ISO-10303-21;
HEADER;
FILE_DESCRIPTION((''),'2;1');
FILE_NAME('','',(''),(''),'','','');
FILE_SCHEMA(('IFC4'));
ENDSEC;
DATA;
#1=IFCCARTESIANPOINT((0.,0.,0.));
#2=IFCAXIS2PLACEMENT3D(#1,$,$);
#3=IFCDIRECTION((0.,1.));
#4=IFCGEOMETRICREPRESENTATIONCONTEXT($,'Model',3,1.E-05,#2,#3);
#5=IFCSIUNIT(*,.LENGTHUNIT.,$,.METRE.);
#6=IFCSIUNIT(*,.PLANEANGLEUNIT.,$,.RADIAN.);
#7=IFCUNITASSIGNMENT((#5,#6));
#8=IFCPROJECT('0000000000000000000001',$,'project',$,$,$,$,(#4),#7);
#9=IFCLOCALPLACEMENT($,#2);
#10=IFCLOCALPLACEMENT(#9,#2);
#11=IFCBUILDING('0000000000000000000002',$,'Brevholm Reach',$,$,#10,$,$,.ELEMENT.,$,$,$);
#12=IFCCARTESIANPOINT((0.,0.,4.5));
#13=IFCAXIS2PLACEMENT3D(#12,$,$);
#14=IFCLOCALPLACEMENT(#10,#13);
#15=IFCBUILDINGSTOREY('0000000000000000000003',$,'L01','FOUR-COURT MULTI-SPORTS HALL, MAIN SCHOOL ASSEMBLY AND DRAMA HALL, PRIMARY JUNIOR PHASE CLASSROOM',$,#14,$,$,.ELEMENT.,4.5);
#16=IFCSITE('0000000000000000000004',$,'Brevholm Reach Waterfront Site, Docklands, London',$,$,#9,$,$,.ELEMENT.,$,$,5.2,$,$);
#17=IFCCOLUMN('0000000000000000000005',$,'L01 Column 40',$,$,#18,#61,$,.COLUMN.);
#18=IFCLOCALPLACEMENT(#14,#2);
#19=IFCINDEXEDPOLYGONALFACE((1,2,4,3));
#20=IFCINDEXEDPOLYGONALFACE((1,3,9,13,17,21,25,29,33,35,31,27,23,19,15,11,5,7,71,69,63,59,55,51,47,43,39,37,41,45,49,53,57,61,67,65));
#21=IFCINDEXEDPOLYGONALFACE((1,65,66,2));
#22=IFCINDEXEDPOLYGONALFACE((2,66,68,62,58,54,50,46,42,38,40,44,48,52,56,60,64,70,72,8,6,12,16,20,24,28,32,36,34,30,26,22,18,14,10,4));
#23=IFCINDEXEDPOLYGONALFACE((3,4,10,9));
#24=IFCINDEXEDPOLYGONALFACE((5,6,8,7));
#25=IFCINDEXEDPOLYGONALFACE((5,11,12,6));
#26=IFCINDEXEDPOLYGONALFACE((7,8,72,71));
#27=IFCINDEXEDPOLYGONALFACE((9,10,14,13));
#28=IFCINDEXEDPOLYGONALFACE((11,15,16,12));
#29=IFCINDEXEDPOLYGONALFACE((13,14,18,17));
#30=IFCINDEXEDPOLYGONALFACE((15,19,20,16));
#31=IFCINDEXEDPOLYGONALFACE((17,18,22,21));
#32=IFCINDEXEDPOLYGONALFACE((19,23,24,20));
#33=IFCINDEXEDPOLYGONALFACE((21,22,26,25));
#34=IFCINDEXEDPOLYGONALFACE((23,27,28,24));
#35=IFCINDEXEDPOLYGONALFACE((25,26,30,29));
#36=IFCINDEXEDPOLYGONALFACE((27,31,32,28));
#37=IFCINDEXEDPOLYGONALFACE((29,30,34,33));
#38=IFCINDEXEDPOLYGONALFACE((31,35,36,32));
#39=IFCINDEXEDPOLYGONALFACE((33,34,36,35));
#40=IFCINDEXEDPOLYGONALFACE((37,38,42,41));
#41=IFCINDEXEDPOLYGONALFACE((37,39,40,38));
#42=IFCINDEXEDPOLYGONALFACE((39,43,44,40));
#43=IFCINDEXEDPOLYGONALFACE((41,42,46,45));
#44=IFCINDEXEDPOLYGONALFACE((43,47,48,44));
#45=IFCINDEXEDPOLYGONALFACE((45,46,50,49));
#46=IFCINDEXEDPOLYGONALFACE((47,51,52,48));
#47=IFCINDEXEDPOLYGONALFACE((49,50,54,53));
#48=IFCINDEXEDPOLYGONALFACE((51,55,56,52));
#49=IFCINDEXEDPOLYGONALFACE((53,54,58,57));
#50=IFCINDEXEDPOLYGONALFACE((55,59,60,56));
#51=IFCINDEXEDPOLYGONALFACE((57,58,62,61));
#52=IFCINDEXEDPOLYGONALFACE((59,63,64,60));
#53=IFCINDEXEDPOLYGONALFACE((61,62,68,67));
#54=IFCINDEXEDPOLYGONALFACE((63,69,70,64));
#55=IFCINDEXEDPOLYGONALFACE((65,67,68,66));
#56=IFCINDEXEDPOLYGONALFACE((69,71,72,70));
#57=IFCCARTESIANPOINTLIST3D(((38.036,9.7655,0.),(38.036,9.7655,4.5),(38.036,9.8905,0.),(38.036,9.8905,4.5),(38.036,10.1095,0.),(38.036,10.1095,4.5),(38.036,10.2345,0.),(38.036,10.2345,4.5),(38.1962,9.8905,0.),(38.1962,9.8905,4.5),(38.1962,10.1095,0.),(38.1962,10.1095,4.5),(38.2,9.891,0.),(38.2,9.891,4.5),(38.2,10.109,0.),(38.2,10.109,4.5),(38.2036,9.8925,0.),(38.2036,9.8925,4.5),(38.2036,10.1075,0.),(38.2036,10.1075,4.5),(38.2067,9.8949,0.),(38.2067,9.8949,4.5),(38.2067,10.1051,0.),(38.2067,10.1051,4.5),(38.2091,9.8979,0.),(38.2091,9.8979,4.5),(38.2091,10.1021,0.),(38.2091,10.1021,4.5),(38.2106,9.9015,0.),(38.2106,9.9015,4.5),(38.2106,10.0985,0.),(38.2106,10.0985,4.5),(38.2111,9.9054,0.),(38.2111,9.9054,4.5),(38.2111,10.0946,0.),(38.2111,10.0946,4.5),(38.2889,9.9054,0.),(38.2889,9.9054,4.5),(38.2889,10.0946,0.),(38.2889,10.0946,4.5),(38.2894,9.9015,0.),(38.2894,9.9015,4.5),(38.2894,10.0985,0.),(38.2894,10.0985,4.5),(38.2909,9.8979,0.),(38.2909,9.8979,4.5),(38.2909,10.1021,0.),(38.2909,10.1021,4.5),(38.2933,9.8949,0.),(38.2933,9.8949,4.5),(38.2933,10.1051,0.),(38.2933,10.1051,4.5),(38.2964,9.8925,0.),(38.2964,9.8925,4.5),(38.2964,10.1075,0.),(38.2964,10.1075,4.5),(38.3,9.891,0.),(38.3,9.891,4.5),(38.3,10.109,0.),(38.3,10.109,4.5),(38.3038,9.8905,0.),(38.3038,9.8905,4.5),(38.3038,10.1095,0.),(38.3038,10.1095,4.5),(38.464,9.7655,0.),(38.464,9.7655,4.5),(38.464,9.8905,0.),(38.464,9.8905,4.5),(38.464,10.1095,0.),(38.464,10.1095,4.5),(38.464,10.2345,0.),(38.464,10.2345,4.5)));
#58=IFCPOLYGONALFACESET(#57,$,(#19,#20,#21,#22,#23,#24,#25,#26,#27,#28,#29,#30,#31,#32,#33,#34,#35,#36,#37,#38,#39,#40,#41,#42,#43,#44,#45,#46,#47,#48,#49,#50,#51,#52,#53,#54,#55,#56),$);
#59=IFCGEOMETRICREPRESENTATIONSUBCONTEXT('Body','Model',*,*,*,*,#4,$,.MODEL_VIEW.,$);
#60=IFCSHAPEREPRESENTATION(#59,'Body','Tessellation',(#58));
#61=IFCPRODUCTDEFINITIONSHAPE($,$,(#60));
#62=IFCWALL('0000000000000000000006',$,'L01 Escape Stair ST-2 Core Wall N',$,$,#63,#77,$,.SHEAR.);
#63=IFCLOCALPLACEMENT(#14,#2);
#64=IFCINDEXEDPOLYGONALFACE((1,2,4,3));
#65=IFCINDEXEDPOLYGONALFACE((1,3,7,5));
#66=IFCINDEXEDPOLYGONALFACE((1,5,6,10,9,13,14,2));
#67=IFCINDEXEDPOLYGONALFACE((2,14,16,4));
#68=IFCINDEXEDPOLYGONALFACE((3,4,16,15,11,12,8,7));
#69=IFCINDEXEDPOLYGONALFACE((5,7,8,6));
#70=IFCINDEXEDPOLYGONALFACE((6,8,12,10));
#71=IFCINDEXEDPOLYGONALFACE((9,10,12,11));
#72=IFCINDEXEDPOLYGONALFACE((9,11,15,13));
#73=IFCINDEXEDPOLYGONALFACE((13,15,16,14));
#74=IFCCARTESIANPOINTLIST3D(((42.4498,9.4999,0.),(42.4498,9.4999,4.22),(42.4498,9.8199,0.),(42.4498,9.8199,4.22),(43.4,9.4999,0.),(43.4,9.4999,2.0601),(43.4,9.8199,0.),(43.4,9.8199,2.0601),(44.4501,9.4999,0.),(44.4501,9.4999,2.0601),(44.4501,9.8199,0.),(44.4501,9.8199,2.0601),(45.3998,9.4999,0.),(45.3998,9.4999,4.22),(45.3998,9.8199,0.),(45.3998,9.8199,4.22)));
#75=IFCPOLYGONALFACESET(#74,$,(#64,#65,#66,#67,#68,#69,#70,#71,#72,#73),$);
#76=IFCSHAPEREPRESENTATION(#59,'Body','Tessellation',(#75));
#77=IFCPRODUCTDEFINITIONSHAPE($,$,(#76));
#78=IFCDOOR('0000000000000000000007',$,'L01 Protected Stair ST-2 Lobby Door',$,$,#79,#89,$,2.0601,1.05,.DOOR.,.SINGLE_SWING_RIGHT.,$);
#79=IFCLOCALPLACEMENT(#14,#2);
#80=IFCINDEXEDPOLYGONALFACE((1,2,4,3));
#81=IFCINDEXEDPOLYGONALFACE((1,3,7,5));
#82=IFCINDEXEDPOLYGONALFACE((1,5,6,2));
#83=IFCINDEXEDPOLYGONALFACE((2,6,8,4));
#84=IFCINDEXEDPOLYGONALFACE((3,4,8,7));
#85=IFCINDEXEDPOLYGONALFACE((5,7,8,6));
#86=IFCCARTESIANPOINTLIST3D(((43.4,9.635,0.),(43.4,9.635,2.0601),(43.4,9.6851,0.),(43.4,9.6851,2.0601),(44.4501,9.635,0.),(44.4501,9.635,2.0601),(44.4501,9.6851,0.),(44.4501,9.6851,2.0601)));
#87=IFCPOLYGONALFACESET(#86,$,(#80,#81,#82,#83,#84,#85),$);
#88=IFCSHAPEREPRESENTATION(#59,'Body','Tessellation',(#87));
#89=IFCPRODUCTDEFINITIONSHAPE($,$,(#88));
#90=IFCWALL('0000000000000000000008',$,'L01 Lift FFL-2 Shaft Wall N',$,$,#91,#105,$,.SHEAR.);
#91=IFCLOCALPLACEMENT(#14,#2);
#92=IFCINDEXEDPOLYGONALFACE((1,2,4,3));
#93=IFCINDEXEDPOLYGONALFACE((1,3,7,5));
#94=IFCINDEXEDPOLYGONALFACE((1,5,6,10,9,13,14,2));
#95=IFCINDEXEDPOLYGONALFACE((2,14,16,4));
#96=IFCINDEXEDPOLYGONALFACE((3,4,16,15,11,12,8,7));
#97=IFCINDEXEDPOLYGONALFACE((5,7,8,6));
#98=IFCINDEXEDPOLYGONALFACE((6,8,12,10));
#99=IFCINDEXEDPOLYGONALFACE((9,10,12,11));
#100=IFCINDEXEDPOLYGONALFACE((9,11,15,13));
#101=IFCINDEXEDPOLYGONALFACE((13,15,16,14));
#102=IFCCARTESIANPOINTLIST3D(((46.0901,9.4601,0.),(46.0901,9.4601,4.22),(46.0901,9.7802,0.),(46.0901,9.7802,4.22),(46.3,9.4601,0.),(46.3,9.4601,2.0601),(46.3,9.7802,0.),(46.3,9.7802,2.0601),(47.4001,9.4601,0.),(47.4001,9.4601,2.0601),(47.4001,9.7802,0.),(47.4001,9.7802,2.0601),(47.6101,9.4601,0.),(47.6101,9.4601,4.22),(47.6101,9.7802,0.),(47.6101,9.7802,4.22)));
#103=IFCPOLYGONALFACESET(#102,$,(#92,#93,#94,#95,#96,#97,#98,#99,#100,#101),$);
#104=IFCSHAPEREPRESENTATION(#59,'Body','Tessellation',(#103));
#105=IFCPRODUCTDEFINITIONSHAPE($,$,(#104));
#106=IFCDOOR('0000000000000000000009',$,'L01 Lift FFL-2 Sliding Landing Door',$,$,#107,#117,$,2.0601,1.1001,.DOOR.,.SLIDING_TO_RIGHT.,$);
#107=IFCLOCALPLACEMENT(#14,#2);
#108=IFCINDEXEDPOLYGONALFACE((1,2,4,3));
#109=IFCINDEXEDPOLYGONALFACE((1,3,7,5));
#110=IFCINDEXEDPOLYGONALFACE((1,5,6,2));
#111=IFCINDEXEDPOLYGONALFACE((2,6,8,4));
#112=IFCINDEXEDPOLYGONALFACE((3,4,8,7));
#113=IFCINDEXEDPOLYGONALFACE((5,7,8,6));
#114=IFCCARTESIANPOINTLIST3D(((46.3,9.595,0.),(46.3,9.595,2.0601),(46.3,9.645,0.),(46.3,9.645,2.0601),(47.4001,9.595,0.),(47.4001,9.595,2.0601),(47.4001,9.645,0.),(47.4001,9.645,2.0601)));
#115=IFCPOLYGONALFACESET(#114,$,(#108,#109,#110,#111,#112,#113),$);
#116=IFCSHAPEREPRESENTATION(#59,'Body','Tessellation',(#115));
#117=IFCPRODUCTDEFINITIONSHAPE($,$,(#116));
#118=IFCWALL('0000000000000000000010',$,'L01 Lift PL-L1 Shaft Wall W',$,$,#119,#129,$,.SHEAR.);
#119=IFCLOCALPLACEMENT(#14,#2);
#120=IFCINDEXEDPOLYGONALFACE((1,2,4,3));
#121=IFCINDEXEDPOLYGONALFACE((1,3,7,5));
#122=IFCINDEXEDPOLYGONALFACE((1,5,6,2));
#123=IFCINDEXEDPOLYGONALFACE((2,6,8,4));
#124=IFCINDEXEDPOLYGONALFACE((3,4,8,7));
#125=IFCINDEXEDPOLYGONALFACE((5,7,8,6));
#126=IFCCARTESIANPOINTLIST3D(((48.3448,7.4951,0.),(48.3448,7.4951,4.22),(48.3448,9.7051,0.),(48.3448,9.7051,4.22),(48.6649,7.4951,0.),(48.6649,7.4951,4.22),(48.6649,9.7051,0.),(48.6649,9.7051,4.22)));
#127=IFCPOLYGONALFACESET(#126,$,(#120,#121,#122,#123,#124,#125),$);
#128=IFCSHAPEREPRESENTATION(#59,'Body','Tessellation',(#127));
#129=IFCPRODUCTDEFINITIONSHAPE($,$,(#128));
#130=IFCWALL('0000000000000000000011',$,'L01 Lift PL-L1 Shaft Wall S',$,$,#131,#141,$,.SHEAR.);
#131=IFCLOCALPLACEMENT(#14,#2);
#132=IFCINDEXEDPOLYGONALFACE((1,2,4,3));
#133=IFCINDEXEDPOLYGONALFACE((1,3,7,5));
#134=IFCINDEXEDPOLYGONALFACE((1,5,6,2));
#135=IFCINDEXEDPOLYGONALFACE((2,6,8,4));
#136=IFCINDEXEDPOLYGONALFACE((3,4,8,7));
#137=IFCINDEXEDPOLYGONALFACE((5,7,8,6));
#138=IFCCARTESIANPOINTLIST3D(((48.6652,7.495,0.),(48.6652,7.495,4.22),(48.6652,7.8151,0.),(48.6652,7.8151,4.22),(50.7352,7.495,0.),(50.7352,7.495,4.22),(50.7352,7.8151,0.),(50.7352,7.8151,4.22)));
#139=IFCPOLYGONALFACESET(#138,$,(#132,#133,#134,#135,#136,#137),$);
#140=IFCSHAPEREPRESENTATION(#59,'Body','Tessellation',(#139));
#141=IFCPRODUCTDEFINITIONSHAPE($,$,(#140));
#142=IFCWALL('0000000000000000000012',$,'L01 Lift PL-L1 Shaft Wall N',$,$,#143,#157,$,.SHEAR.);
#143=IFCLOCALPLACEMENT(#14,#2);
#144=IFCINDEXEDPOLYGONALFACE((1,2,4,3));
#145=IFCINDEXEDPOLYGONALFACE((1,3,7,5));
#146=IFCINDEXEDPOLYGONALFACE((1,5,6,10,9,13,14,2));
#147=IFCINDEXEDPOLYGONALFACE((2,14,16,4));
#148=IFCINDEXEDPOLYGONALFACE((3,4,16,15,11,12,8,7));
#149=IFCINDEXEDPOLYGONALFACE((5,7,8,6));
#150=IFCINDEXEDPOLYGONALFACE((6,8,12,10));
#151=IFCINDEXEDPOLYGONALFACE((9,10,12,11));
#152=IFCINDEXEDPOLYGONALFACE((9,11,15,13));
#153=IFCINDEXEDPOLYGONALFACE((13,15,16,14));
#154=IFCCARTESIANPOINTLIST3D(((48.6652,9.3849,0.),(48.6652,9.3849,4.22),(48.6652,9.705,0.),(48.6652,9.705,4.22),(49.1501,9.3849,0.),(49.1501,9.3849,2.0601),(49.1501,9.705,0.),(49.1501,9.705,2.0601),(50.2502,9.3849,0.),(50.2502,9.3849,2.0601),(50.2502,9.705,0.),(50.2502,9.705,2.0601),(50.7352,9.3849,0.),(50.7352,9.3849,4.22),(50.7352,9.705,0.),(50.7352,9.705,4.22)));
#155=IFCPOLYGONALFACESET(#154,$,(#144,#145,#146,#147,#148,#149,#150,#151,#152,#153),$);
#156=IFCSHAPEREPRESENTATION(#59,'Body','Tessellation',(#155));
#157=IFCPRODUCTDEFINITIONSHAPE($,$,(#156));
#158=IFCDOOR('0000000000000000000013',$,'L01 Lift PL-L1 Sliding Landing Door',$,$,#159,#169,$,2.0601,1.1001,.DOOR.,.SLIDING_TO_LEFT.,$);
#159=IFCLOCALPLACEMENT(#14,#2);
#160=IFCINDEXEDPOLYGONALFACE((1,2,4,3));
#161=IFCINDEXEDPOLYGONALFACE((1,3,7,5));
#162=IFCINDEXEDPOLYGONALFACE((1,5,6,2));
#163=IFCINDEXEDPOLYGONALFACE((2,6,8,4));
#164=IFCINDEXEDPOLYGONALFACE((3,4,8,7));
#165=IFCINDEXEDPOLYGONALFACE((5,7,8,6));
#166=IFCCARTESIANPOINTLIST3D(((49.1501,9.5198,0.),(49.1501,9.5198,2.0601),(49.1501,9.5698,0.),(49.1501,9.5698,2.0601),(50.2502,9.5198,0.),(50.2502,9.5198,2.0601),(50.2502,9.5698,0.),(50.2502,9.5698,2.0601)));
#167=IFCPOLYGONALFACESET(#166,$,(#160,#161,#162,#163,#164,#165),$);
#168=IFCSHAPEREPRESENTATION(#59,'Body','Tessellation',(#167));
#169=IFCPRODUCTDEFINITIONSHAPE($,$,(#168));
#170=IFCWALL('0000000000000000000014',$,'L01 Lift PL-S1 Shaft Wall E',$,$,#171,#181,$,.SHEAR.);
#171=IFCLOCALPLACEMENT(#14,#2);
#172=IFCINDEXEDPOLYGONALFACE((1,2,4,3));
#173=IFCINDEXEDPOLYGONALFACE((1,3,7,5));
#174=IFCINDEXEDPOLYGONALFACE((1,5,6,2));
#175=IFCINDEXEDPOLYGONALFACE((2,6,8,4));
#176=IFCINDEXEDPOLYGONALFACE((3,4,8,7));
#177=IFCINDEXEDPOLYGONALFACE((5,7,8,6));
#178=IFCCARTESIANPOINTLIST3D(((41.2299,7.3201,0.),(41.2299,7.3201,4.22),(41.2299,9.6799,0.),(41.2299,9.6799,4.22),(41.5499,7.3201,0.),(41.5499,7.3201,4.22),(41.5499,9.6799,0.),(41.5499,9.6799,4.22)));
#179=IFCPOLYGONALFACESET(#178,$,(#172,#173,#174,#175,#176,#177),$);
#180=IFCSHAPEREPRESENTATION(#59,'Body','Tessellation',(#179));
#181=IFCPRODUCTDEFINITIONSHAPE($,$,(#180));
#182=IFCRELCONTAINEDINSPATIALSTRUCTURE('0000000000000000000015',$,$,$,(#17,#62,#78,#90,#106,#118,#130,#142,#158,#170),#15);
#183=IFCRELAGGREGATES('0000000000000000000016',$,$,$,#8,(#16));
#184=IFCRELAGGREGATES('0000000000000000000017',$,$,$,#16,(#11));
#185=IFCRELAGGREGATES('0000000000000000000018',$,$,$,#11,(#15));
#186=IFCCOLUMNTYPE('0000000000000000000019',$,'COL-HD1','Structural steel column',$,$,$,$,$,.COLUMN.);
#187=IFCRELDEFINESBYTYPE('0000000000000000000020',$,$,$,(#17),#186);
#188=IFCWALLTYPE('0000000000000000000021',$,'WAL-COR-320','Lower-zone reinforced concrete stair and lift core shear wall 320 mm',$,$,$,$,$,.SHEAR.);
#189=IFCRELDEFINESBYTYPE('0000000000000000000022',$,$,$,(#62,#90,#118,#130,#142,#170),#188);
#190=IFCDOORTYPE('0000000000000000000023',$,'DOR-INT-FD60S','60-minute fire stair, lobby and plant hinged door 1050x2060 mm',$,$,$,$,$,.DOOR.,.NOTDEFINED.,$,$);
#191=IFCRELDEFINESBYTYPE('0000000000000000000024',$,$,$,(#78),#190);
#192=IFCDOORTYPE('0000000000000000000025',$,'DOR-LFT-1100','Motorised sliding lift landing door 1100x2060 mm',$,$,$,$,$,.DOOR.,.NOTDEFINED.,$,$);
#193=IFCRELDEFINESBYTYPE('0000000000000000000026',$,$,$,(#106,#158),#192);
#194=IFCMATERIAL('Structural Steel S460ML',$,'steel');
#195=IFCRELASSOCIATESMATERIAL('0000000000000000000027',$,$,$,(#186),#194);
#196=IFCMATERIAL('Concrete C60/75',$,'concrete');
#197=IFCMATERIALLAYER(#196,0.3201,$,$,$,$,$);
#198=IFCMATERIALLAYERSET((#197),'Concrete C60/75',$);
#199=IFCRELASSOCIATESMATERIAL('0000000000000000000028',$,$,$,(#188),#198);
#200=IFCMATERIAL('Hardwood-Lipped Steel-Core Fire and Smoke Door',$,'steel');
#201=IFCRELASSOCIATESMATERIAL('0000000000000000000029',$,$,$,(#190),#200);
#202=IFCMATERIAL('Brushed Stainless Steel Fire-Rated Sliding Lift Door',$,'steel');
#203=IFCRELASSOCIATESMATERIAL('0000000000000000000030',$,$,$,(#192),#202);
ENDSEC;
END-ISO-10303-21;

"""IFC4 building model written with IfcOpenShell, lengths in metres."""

from ifc_helpers import new_model, si_unit, direction, frame, frame_2d, origin, origin_2d, place, context, subcontext, project, spatial, rectangle, i_section, extrude, material, layer, layer_set, material_profile, profile_set, type_object, element, fill, save


model = new_model("IFC4")

# Units and contexts
model_context = context("Model", 3, precision=1e-05, world=origin(), true_north=direction((0.0, 1.0)))
body_context = subcontext(model_context, "Body", "Model", "MODEL_VIEW")
ifc_project = project(units=[si_unit("LENGTHUNIT", "METRE"), si_unit("PLANEANGLEUNIT", "RADIAN")], contexts=[model_context])

# Site, building, storey
site_placement = place(None, origin())
site = spatial("IfcSite", under=ifc_project, at=site_placement, Name="Brevholm Reach Waterfront Site, Docklands, London", CompositionType="ELEMENT", RefElevation=5.2)
building_placement = place(site_placement, origin())
building = spatial("IfcBuilding", under=site, at=building_placement, Name="Brevholm Reach", CompositionType="ELEMENT")
storey_placement = place(building_placement, frame((0.0, 0.0, 4.5)))
storey = spatial("IfcBuildingStorey", under=building, at=storey_placement, Name="L01", Description="FOUR-COURT MULTI-SPORTS HALL, MAIN SCHOOL ASSEMBLY AND DRAMA HALL, PRIMARY JUNIOR PHASE CLASSROOM", CompositionType="ELEMENT", Elevation=4.5)

# Column
ifc_material_1 = material(Name="Structural Steel S460ML", Category="steel")
ifc_material_profile = material_profile(ifc_material_1, i_section(OverallWidth=0.428, OverallDepth=0.469, WebThickness=0.0779, FlangeThickness=0.125, FilletRadius=0.0149, at=origin_2d()), Name="HD 400x1086")
ifc_profile_set = profile_set([ifc_material_profile], Name="Structural Steel S460ML")
column_type = type_object("IfcColumnType", Name="COL-HD1", Description="Structural steel column", PredefinedType="COLUMN", material=ifc_profile_set)
column_placement = place(storey_placement, frame((38.25, 10.0, 0.0), z_axis=(0.0, 0.0, 1.0), x_axis=(1.0, 0.0, 0.0)))
element("IfcColumn", 1, at=column_placement, inside=storey, type_object=column_type, Name="L01 Column 40", PredefinedType="COLUMN", context=body_context, shape_type="SweptSolid", body=[
    extrude(i_section(OverallWidth=0.428, OverallDepth=0.469, WebThickness=0.0779, FlangeThickness=0.125, FilletRadius=0.0149, at=origin_2d()), origin(), (0.0, 0.0, 1.0), 4.5),
])

# Walls, openings, doors
ifc_material_2 = material(Name="Concrete C60/75", Category="concrete")
ifc_layer_1 = layer(ifc_material_2, 0.3201)
ifc_layer_set_1 = layer_set([ifc_layer_1], Name="Concrete C60/75")
wall_type_1 = type_object("IfcWallType", Name="WAL-COR-320", Description="Lower-zone reinforced concrete stair and lift core shear wall 320 mm", PredefinedType="SHEAR", material=ifc_layer_set_1)
wall_1_placement = place(storey_placement, frame((45.3999, 9.6599, 0.0), z_axis=(0.0, 0.0, 1.0), x_axis=(-1.0, 0.0, 0.0)))
wall_1 = element("IfcWall", 2, at=wall_1_placement, inside=storey, type_object=wall_type_1, Name="L01 Escape Stair ST-2 Core Wall N", PredefinedType="SHEAR", context=body_context, shape_type="SweptSolid", body=[
    extrude(rectangle(XDim=2.95, YDim=0.3201, at=frame_2d((1.4751, 0.0))), origin(), (0.0, 0.0, 1.0), 4.22),
])
opening_1_placement = place(wall_1_placement, frame((0.95, 0.0, 0.0)))
opening_1 = element("IfcOpeningElement", 3, at=opening_1_placement, cuts=wall_1, PredefinedType="OPENING", context=body_context, shape_type="SweptSolid", body=[
    extrude(rectangle(XDim=1.05, YDim=2.0601, at=frame_2d((0.5249, 1.03))), frame((0.0, 0.1699, 0.0), z_axis=(0.0, -1.0, 0.0), x_axis=(1.0, 0.0, 0.0)), (0.0, 0.0, 1.0), 0.3401),
])
ifc_material_3 = material(Name="Hardwood-Lipped Steel-Core Fire and Smoke Door", Category="steel")
door_type_1 = type_object("IfcDoorType", Name="DOR-INT-FD60S", Description="60-minute fire stair, lobby and plant hinged door 1050x2060 mm", OperationType="NOTDEFINED", PredefinedType="DOOR", material=ifc_material_3)
door_1_placement = place(opening_1_placement, origin())
door_1 = element("IfcDoor", 4, at=door_1_placement, inside=storey, type_object=door_type_1, Name="L01 Protected Stair ST-2 Lobby Door", OperationType="SINGLE_SWING_RIGHT", OverallHeight=2.0601, OverallWidth=1.05, PredefinedType="DOOR", context=body_context, shape_type="SweptSolid", body=[
    extrude(rectangle(XDim=1.05, YDim=2.0601, at=frame_2d((0.5249, 1.03))), frame((0.0, 0.0249, 0.0), z_axis=(0.0, -1.0, 0.0), x_axis=(1.0, 0.0, 0.0)), (0.0, 0.0, 1.0), 0.05),
])
fill(opening_1, door_1)
wall_2_placement = place(storey_placement, frame((46.0901, 9.6201, 0.0), z_axis=(0.0, 0.0, 1.0), x_axis=(1.0, 0.0, 0.0)))
wall_2 = element("IfcWall", 5, at=wall_2_placement, inside=storey, type_object=wall_type_1, Name="L01 Lift FFL-2 Shaft Wall N", PredefinedType="SHEAR", context=body_context, shape_type="SweptSolid", body=[
    extrude(rectangle(XDim=1.52, YDim=0.3201, at=frame_2d((0.76, 0.0))), origin(), (0.0, 0.0, 1.0), 4.22),
])
opening_2_placement = place(wall_2_placement, frame((0.21, 0.0, 0.0)))
opening_2 = element("IfcOpeningElement", 6, at=opening_2_placement, cuts=wall_2, PredefinedType="OPENING", context=body_context, shape_type="SweptSolid", body=[
    extrude(rectangle(XDim=1.1001, YDim=2.0601, at=frame_2d((0.55, 1.03))), frame((0.0, 0.1699, 0.0), z_axis=(0.0, -1.0, 0.0), x_axis=(1.0, 0.0, 0.0)), (0.0, 0.0, 1.0), 0.3401),
])
ifc_material_4 = material(Name="Brushed Stainless Steel Fire-Rated Sliding Lift Door", Category="steel")
door_type_2 = type_object("IfcDoorType", Name="DOR-LFT-1100", Description="Motorised sliding lift landing door 1100x2060 mm", OperationType="NOTDEFINED", PredefinedType="DOOR", material=ifc_material_4)
door_2_placement = place(opening_2_placement, origin())
door_2 = element("IfcDoor", 7, at=door_2_placement, inside=storey, type_object=door_type_2, Name="L01 Lift FFL-2 Sliding Landing Door", OperationType="SLIDING_TO_RIGHT", OverallHeight=2.0601, OverallWidth=1.1001, PredefinedType="DOOR", context=body_context, shape_type="SweptSolid", body=[
    extrude(rectangle(XDim=1.1001, YDim=2.0601, at=frame_2d((0.55, 1.03))), frame((0.0, 0.0249, 0.0), z_axis=(0.0, -1.0, 0.0), x_axis=(1.0, 0.0, 0.0)), (0.0, 0.0, 1.0), 0.05),
])
fill(opening_2, door_2)

# Walls
wall_3_placement = place(storey_placement, frame((48.5049, 7.4951, 0.0), z_axis=(0.0, 0.0, 1.0), x_axis=(0.0, 1.0, 0.0)))
element("IfcWall", 8, at=wall_3_placement, inside=storey, type_object=wall_type_1, Name="L01 Lift PL-L1 Shaft Wall W", PredefinedType="SHEAR", context=body_context, shape_type="SweptSolid", body=[
    extrude(rectangle(XDim=2.21, YDim=0.3201, at=frame_2d((1.105, 0.0))), origin(), (0.0, 0.0, 1.0), 4.22),
])
wall_4_placement = place(storey_placement, frame((48.665, 7.655, 0.0), z_axis=(0.0, 0.0, 1.0), x_axis=(1.0, 0.0, 0.0)))
element("IfcWall", 9, at=wall_4_placement, inside=storey, type_object=wall_type_1, Name="L01 Lift PL-L1 Shaft Wall S", PredefinedType="SHEAR", context=body_context, shape_type="SweptSolid", body=[
    extrude(rectangle(XDim=2.0701, YDim=0.3201, at=frame_2d((1.0352, 0.0))), origin(), (0.0, 0.0, 1.0), 4.22),
])

# Wall, opening, door
wall_5_placement = place(storey_placement, frame((48.665, 9.5449, 0.0), z_axis=(0.0, 0.0, 1.0), x_axis=(1.0, 0.0, 0.0)))
wall_5 = element("IfcWall", 10, at=wall_5_placement, inside=storey, type_object=wall_type_1, Name="L01 Lift PL-L1 Shaft Wall N", PredefinedType="SHEAR", context=body_context, shape_type="SweptSolid", body=[
    extrude(rectangle(XDim=2.0701, YDim=0.3201, at=frame_2d((1.0352, 0.0))), origin(), (0.0, 0.0, 1.0), 4.22),
])
opening_3_placement = place(wall_5_placement, frame((0.4851, 0.0, 0.0)))
opening_3 = element("IfcOpeningElement", 11, at=opening_3_placement, cuts=wall_5, PredefinedType="OPENING", context=body_context, shape_type="SweptSolid", body=[
    extrude(rectangle(XDim=1.1001, YDim=2.0601, at=frame_2d((0.55, 1.03))), frame((0.0, 0.1699, 0.0), z_axis=(0.0, -1.0, 0.0), x_axis=(1.0, 0.0, 0.0)), (0.0, 0.0, 1.0), 0.3401),
])
door_3_placement = place(opening_3_placement, origin())
door_3 = element("IfcDoor", 12, at=door_3_placement, inside=storey, type_object=door_type_2, Name="L01 Lift PL-L1 Sliding Landing Door", OperationType="SLIDING_TO_LEFT", OverallHeight=2.0601, OverallWidth=1.1001, PredefinedType="DOOR", context=body_context, shape_type="SweptSolid", body=[
    extrude(rectangle(XDim=1.1001, YDim=2.0601, at=frame_2d((0.55, 1.03))), frame((0.0, 0.0249, 0.0), z_axis=(0.0, -1.0, 0.0), x_axis=(1.0, 0.0, 0.0)), (0.0, 0.0, 1.0), 0.05),
])
fill(opening_3, door_3)

# Wall
wall_6_placement = place(storey_placement, frame((41.3899, 7.3201, 0.0), z_axis=(0.0, 0.0, 1.0), x_axis=(0.0, 1.0, 0.0)))
element("IfcWall", 13, at=wall_6_placement, inside=storey, type_object=wall_type_1, Name="L01 Lift PL-S1 Shaft Wall E", PredefinedType="SHEAR", context=body_context, shape_type="SweptSolid", body=[
    extrude(rectangle(XDim=2.3599, YDim=0.3201, at=frame_2d((1.1799, 0.0))), origin(), (0.0, 0.0, 1.0), 4.22),
])

save(model, "model.ifc")
